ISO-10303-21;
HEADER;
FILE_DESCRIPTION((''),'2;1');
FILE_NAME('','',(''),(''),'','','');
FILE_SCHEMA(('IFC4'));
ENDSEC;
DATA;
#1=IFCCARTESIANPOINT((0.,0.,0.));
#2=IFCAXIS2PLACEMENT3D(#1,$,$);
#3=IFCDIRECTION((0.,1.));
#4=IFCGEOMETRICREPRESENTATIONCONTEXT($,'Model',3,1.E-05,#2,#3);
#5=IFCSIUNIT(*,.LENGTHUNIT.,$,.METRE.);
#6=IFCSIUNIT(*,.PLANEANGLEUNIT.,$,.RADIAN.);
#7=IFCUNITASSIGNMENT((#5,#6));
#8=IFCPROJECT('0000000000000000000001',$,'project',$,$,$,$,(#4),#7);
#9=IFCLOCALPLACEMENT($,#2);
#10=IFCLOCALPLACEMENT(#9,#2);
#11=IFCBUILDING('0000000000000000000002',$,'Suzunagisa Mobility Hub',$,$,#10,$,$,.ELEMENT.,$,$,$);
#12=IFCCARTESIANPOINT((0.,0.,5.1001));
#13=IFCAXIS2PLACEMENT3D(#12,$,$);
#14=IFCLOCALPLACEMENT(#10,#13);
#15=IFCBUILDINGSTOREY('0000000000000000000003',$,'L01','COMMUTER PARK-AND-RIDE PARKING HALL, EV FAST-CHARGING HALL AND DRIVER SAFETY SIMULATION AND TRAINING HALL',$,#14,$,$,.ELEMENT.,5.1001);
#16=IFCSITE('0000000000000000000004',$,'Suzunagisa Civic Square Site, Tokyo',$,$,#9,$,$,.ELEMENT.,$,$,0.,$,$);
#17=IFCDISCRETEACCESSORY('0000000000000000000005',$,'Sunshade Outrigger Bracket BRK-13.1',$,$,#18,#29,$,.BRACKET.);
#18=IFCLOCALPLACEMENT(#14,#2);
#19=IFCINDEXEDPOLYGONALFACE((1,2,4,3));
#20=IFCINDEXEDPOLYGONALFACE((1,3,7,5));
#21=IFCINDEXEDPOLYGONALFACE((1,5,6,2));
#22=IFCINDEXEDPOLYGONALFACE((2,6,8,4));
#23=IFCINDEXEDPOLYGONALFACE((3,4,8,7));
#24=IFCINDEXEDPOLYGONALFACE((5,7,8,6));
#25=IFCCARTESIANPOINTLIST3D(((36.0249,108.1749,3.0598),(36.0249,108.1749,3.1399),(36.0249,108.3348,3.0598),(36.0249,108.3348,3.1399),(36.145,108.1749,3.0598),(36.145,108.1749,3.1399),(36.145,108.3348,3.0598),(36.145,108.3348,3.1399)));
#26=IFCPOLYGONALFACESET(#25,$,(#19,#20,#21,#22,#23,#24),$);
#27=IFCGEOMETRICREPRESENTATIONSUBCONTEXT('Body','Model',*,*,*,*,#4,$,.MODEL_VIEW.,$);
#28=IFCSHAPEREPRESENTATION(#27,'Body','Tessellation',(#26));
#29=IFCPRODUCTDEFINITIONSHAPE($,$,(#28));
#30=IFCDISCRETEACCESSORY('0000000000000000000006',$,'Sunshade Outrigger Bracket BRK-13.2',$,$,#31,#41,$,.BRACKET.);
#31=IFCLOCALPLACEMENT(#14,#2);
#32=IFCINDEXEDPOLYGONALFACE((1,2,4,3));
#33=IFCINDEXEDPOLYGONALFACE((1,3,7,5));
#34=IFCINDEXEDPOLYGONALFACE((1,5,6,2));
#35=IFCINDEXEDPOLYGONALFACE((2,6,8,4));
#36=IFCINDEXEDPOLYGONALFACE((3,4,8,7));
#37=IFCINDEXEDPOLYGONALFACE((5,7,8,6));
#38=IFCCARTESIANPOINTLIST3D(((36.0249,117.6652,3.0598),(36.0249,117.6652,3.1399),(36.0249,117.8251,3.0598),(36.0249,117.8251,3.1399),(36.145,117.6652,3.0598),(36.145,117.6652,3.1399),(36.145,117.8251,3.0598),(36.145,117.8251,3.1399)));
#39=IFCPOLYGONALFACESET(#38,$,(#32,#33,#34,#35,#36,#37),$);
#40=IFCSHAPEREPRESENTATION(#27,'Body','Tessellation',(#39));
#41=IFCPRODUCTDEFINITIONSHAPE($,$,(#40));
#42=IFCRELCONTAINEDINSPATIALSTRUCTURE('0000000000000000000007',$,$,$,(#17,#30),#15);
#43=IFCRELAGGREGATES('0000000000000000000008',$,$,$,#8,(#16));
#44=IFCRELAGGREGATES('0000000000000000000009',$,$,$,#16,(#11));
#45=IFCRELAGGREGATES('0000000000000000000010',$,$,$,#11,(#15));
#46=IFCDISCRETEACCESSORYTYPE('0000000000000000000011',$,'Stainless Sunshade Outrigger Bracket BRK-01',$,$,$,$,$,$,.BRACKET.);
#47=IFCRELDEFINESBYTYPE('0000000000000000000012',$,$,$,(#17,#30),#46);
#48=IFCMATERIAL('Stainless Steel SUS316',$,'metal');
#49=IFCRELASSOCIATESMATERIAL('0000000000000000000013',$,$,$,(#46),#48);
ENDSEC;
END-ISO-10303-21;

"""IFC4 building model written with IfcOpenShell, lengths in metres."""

from ifc_helpers import new_model, si_unit, direction, frame, origin, origin_2d, place, context, subcontext, project, spatial, rectangle, extrude, material, type_object, element, save


model = new_model("IFC4")

# Units and contexts
model_context = context("Model", 3, precision=1e-05, world=origin(), true_north=direction((0.0, 1.0)))
body_context = subcontext(model_context, "Body", "Model", "MODEL_VIEW")
ifc_project = project(units=[si_unit("LENGTHUNIT", "METRE"), si_unit("PLANEANGLEUNIT", "RADIAN")], contexts=[model_context])

# Site, building, storey
site_placement = place(None, origin())
site = spatial("IfcSite", under=ifc_project, at=site_placement, Name="Suzunagisa Civic Square Site, Tokyo", CompositionType="ELEMENT", RefElevation=0.0)
building_placement = place(site_placement, origin())
building = spatial("IfcBuilding", under=site, at=building_placement, Name="Suzunagisa Mobility Hub", CompositionType="ELEMENT")
storey_placement = place(building_placement, frame((0.0, 0.0, 5.1001)))
storey = spatial("IfcBuildingStorey", under=building, at=storey_placement, Name="L01", Description="COMMUTER PARK-AND-RIDE PARKING HALL, EV FAST-CHARGING HALL AND DRIVER SAFETY SIMULATION AND TRAINING HALL", CompositionType="ELEMENT", Elevation=5.1001)

# Shared definitions
ifc_material_1 = material(Name="Stainless Steel SUS316", Category="metal")

# Discrete accessories
discrete_accessory_type = type_object("IfcDiscreteAccessoryType", Name="Stainless Sunshade Outrigger Bracket BRK-01", PredefinedType="BRACKET", material=ifc_material_1)
for number, where, z_axis, x_axis, name in (
    (1, (36.085, 108.2549, 3.0598), (0.0, 0.0, 1.0), (0.0, 1.0, 0.0), "Sunshade Outrigger Bracket BRK-13.1"),
    (2, (36.085, 117.7451, 3.0598), (0.0, 0.0, 1.0), (0.0, 1.0, 0.0), "Sunshade Outrigger Bracket BRK-13.2"),
):
    element("IfcDiscreteAccessory", number, at=place(storey_placement, frame(where, z_axis=z_axis, x_axis=x_axis)), inside=storey, type_object=discrete_accessory_type, Name=name, PredefinedType="BRACKET", context=body_context, shape_type="SweptSolid", body=[
        extrude(rectangle(XDim=0.1599, YDim=0.1201, at=origin_2d()), origin(), (0.0, 0.0, 1.0), 0.0801),
    ])

save(model, "model.ifc")
